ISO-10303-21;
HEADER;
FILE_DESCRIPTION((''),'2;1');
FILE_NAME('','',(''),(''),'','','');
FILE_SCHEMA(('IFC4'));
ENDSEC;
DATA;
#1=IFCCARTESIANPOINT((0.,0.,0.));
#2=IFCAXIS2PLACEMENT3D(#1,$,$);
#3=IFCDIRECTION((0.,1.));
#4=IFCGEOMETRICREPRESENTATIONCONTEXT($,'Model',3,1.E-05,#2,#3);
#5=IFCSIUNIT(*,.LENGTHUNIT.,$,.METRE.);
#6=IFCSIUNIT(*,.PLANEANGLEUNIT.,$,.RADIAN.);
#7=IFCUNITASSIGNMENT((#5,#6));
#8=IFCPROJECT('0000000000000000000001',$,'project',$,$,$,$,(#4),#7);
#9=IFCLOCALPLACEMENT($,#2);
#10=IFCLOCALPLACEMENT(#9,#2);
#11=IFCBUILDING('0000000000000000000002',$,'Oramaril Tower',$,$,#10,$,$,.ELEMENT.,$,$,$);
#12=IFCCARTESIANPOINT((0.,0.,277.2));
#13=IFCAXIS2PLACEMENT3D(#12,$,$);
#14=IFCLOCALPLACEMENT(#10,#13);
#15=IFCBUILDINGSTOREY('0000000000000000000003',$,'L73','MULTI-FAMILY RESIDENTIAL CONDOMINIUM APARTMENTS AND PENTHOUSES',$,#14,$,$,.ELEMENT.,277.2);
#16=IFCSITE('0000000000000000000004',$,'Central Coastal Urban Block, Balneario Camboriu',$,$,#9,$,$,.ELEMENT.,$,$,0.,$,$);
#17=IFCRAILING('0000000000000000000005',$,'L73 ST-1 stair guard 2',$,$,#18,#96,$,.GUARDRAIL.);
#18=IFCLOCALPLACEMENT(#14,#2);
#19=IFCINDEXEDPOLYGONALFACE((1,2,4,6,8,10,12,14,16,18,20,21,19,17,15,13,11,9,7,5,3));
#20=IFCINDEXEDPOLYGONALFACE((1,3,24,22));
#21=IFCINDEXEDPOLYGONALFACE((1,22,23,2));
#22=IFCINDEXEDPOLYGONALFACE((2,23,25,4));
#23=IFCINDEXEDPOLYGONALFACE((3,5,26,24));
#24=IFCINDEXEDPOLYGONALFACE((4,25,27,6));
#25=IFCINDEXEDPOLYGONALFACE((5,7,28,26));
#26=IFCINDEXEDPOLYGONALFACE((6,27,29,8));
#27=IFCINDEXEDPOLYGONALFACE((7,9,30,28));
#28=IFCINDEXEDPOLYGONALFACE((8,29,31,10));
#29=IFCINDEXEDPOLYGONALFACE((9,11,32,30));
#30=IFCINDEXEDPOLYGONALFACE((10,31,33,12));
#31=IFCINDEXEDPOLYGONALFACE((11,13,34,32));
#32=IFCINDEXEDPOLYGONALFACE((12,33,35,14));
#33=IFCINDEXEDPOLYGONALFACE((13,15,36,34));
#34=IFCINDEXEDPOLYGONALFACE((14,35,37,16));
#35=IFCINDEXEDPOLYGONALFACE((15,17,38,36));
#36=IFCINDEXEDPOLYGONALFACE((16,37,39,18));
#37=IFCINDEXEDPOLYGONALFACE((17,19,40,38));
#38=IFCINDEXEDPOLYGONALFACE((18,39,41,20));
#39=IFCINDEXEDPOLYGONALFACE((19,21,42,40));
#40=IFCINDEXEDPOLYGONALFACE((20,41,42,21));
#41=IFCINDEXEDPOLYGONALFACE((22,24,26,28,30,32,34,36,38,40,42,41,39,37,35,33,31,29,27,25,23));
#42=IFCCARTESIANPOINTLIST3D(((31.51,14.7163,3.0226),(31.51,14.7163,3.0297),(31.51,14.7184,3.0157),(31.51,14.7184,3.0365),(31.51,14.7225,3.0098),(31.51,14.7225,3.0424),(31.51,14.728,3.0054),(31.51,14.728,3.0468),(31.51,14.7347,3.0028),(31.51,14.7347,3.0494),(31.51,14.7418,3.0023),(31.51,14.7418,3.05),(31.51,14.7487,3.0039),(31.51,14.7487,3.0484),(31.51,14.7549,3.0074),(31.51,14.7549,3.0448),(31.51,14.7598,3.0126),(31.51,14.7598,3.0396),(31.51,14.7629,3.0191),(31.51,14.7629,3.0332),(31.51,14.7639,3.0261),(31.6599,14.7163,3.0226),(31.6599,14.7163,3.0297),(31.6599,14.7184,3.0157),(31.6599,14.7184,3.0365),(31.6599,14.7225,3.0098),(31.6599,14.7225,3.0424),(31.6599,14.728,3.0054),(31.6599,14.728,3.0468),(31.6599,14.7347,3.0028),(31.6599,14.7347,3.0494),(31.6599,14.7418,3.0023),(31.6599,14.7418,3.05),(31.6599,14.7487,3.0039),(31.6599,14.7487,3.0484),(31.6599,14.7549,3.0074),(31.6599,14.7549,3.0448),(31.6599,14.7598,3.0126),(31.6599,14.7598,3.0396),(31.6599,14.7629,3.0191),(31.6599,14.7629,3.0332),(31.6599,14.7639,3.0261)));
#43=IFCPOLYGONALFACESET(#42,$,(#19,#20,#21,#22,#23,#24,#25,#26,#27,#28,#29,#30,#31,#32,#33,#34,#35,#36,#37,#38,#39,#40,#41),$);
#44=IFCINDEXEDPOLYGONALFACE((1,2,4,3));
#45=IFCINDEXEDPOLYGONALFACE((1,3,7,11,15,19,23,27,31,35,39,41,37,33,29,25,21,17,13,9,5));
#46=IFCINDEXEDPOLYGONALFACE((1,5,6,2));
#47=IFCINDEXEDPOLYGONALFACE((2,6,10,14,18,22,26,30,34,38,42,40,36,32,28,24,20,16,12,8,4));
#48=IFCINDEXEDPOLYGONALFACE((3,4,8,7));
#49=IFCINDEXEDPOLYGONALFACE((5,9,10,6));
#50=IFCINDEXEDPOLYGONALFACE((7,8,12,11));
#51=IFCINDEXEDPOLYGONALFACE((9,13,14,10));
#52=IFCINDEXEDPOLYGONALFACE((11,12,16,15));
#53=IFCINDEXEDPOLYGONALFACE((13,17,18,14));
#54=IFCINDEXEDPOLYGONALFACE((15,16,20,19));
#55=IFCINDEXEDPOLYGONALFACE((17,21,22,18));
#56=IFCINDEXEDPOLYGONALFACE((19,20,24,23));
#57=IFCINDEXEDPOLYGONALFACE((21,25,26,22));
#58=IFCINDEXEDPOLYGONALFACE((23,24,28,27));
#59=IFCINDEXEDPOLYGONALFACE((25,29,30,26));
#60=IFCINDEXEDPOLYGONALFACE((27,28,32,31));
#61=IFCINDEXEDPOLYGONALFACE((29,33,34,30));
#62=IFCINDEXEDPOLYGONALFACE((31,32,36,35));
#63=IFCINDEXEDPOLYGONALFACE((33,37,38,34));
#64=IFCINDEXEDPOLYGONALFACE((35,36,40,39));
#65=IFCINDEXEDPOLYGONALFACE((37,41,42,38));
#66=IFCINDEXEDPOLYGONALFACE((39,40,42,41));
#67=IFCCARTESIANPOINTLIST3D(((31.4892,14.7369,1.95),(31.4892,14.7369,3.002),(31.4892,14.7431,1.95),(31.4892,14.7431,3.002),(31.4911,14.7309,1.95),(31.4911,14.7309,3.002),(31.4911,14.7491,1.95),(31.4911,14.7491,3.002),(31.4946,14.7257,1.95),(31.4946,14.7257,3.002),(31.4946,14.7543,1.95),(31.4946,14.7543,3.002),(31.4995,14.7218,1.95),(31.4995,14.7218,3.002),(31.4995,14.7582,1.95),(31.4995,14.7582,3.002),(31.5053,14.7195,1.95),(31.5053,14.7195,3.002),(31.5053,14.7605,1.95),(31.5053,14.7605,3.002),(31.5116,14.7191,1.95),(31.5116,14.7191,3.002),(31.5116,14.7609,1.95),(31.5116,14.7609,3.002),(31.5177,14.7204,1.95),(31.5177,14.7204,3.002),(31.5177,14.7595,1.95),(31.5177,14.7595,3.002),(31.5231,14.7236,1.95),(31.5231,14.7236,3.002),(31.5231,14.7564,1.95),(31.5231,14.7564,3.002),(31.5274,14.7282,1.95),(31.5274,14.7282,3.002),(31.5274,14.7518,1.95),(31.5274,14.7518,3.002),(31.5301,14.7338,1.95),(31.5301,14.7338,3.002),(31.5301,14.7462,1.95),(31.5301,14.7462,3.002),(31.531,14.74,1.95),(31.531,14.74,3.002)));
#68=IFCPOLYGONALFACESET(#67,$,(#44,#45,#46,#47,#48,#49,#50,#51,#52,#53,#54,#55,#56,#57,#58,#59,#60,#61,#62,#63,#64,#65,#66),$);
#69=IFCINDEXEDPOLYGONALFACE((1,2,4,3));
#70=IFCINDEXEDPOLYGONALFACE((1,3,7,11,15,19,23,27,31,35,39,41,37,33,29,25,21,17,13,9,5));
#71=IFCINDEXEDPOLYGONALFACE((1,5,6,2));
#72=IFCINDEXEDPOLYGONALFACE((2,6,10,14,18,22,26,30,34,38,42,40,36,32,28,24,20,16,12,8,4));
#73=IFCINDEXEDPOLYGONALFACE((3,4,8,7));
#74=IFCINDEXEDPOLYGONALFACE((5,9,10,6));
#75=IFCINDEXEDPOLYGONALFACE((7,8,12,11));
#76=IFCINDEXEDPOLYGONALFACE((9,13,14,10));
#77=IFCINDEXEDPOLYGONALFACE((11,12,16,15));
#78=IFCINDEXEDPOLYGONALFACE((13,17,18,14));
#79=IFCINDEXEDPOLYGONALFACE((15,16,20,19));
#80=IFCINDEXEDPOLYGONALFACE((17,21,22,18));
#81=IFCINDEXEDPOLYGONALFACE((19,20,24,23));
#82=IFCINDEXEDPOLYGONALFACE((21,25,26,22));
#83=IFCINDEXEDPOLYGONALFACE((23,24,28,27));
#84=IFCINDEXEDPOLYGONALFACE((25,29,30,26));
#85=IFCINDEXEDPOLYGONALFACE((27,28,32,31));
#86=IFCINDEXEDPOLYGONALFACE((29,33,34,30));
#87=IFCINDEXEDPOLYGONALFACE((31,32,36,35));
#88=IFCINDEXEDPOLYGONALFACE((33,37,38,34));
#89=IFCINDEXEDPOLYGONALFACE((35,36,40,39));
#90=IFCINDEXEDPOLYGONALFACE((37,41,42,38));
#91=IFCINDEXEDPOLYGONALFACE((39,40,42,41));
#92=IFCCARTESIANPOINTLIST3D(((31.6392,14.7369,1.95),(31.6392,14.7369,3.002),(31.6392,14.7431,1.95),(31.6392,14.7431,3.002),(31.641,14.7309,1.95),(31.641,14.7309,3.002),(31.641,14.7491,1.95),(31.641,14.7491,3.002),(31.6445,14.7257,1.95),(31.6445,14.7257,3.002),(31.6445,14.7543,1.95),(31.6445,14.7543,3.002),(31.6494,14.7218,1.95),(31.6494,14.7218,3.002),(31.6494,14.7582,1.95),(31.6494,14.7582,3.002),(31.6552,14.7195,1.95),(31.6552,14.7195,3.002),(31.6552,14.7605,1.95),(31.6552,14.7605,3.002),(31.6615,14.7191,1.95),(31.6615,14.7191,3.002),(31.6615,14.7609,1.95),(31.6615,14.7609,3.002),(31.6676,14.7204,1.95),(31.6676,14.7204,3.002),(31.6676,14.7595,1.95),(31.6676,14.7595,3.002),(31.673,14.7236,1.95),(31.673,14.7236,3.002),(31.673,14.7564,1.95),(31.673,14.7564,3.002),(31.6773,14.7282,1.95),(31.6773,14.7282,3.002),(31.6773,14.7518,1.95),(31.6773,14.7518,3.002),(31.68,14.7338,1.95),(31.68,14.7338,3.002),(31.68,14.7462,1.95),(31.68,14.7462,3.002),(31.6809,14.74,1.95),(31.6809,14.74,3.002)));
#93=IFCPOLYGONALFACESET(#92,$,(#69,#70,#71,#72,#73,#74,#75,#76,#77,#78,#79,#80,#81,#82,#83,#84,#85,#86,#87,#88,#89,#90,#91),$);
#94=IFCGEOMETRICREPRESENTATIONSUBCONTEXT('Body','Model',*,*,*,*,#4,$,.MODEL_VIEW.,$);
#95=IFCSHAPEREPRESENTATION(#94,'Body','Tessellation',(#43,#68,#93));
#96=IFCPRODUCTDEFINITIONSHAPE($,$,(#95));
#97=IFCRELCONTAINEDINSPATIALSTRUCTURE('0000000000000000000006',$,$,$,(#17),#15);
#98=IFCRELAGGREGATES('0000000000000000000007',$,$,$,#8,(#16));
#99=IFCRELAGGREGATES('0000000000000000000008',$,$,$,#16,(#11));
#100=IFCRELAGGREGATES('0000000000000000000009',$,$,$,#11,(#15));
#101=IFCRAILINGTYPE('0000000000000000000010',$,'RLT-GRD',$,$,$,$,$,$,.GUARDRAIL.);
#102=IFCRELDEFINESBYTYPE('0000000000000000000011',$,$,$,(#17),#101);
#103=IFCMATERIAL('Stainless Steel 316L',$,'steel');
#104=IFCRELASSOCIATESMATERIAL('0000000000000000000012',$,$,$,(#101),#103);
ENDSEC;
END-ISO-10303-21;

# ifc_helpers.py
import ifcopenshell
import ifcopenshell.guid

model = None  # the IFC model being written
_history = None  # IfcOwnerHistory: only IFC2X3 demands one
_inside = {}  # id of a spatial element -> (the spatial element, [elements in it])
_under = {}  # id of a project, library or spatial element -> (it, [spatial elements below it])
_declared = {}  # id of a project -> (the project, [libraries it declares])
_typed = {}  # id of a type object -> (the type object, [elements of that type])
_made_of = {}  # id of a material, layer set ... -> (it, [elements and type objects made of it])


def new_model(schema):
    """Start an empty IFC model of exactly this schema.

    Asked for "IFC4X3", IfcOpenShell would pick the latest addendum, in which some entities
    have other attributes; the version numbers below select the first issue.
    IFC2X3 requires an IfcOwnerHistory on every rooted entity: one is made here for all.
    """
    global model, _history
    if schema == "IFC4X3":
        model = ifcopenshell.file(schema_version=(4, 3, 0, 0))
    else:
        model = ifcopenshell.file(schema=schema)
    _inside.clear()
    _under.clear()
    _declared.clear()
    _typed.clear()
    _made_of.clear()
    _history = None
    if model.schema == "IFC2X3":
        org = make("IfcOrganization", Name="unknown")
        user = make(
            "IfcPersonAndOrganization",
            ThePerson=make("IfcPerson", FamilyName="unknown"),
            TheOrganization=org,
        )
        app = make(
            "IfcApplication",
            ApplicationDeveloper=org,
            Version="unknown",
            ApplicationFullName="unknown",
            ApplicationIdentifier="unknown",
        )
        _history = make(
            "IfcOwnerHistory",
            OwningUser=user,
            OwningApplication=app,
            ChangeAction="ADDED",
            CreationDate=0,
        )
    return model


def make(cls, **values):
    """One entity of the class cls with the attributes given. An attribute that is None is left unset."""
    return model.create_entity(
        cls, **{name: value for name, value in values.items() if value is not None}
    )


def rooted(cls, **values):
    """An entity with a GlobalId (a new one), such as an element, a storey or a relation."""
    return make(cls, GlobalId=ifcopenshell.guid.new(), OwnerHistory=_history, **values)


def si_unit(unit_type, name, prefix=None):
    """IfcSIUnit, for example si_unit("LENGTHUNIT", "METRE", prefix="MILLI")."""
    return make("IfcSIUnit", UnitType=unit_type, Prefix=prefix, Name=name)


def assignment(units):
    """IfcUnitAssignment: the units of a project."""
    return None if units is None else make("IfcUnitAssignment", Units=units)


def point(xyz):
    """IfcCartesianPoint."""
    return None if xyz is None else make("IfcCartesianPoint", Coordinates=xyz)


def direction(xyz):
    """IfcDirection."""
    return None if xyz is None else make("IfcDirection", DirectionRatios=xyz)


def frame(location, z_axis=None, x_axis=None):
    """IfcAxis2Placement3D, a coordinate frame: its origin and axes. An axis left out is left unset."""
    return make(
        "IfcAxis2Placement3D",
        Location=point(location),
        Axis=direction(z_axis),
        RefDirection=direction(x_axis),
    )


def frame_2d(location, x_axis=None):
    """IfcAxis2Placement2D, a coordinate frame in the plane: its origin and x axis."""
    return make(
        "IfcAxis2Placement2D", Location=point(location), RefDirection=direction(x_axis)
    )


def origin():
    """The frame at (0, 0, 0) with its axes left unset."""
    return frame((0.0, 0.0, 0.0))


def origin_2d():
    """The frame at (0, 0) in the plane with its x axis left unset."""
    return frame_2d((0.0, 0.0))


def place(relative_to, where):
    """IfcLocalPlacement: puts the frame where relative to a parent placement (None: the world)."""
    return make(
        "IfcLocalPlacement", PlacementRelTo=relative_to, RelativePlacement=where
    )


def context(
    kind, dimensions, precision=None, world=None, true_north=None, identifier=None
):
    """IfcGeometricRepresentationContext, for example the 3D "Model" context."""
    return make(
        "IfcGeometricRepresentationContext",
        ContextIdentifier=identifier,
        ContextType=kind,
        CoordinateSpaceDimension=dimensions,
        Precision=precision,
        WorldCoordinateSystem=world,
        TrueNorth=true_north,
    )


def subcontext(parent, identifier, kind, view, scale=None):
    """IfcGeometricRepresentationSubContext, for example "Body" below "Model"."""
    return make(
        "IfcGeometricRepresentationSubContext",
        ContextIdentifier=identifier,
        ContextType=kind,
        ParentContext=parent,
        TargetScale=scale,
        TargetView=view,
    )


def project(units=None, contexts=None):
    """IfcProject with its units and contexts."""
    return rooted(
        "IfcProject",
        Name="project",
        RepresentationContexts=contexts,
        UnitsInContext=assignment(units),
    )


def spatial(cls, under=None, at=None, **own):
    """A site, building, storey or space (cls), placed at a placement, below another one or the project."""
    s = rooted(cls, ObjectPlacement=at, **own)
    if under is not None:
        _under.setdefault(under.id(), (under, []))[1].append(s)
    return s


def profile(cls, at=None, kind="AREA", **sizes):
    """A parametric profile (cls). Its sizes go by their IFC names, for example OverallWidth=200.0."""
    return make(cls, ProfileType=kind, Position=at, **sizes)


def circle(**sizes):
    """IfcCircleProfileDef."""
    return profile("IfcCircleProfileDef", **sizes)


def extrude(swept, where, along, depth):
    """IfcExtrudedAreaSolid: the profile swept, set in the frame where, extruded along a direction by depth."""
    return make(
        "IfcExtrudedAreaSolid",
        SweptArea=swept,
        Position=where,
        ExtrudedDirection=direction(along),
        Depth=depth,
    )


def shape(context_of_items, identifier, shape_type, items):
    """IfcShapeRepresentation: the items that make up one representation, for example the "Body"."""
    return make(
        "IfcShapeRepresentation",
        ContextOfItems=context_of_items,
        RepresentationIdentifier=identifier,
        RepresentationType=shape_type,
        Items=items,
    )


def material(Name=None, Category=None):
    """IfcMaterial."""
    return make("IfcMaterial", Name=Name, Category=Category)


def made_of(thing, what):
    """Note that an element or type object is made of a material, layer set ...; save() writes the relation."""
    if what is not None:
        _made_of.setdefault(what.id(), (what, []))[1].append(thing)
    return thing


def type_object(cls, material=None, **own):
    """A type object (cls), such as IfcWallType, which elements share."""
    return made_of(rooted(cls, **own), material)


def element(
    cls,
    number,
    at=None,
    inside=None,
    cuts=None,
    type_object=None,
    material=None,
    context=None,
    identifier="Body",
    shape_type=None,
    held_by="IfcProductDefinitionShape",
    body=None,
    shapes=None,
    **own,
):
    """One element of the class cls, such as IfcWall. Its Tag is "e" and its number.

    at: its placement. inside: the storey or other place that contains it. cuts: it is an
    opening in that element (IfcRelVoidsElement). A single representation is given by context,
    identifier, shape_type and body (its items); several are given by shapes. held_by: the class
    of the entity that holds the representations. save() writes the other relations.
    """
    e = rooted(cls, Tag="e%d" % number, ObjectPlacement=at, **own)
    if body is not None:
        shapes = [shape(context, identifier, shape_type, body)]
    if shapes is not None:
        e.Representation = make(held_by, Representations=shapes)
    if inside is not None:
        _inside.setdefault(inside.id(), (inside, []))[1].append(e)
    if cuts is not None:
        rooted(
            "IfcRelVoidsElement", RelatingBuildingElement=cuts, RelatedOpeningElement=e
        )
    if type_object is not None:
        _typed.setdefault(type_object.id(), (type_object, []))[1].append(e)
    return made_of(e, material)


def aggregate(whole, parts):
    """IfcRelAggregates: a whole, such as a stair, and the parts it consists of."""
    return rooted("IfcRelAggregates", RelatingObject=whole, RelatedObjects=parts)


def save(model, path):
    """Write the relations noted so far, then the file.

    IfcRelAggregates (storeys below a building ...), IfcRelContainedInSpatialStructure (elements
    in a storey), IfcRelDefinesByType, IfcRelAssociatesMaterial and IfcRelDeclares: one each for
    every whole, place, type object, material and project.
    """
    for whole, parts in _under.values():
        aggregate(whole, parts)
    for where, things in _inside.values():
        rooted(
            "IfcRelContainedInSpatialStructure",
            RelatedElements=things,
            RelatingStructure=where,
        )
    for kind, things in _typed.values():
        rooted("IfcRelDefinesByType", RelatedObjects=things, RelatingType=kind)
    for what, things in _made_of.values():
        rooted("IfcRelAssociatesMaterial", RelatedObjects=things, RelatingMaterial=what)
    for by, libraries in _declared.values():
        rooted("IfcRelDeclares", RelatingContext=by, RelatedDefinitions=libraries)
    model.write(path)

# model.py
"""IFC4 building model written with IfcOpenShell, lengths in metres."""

from ifc_helpers import new_model, si_unit, direction, frame, origin, origin_2d, place, context, subcontext, project, spatial, circle, extrude, material, type_object, element, save


model = new_model("IFC4")

# Units and contexts
model_context = context("Model", 3, precision=1e-05, world=origin(), true_north=direction((0.0, 1.0)))
body_context = subcontext(model_context, "Body", "Model", "MODEL_VIEW")
ifc_project = project(units=[si_unit("LENGTHUNIT", "METRE"), si_unit("PLANEANGLEUNIT", "RADIAN")], contexts=[model_context])

# Site, building, storey
site_placement = place(None, origin())
site = spatial("IfcSite", under=ifc_project, at=site_placement, Name="Central Coastal Urban Block, Balneario Camboriu", CompositionType="ELEMENT", RefElevation=0.0)
building_placement = place(site_placement, origin())
building = spatial("IfcBuilding", under=site, at=building_placement, Name="Oramaril Tower", CompositionType="ELEMENT")
storey_placement = place(building_placement, frame((0.0, 0.0, 277.2)))
storey = spatial("IfcBuildingStorey", under=building, at=storey_placement, Name="L73", Description="MULTI-FAMILY RESIDENTIAL CONDOMINIUM APARTMENTS AND PENTHOUSES", CompositionType="ELEMENT", Elevation=277.2)

# Railing
ifc_material_1 = material(Name="Stainless Steel 316L", Category="steel")
railing_type_1 = type_object("IfcRailingType", Name="RLT-GRD", PredefinedType="GUARDRAIL", material=ifc_material_1)
railing_1_placement = place(storey_placement, frame((31.51, 14.74, 1.95)))
element("IfcRailing", 1, at=railing_1_placement, inside=storey, type_object=railing_type_1, Name="L73 ST-1 stair guard 2", PredefinedType="GUARDRAIL", context=body_context, shape_type="SweptSolid", body=[
    extrude(circle(Radius=0.0239, at=origin_2d()), frame((0.0, 0.0, 1.0762), z_axis=(1.0, 0.0, 0.0), x_axis=(0.0, 1.0, 0.0)), (0.0, 0.0, 1.0), 0.1499),
    extrude(circle(Radius=0.021, at=origin_2d()), origin(), (0.0, 0.0, 1.0), 1.052),
    extrude(circle(Radius=0.021, at=origin_2d()), frame((0.1499, 0.0, 0.0)), (0.0, 0.0, 1.0), 1.052),
])

save(model, "model.ifc")
